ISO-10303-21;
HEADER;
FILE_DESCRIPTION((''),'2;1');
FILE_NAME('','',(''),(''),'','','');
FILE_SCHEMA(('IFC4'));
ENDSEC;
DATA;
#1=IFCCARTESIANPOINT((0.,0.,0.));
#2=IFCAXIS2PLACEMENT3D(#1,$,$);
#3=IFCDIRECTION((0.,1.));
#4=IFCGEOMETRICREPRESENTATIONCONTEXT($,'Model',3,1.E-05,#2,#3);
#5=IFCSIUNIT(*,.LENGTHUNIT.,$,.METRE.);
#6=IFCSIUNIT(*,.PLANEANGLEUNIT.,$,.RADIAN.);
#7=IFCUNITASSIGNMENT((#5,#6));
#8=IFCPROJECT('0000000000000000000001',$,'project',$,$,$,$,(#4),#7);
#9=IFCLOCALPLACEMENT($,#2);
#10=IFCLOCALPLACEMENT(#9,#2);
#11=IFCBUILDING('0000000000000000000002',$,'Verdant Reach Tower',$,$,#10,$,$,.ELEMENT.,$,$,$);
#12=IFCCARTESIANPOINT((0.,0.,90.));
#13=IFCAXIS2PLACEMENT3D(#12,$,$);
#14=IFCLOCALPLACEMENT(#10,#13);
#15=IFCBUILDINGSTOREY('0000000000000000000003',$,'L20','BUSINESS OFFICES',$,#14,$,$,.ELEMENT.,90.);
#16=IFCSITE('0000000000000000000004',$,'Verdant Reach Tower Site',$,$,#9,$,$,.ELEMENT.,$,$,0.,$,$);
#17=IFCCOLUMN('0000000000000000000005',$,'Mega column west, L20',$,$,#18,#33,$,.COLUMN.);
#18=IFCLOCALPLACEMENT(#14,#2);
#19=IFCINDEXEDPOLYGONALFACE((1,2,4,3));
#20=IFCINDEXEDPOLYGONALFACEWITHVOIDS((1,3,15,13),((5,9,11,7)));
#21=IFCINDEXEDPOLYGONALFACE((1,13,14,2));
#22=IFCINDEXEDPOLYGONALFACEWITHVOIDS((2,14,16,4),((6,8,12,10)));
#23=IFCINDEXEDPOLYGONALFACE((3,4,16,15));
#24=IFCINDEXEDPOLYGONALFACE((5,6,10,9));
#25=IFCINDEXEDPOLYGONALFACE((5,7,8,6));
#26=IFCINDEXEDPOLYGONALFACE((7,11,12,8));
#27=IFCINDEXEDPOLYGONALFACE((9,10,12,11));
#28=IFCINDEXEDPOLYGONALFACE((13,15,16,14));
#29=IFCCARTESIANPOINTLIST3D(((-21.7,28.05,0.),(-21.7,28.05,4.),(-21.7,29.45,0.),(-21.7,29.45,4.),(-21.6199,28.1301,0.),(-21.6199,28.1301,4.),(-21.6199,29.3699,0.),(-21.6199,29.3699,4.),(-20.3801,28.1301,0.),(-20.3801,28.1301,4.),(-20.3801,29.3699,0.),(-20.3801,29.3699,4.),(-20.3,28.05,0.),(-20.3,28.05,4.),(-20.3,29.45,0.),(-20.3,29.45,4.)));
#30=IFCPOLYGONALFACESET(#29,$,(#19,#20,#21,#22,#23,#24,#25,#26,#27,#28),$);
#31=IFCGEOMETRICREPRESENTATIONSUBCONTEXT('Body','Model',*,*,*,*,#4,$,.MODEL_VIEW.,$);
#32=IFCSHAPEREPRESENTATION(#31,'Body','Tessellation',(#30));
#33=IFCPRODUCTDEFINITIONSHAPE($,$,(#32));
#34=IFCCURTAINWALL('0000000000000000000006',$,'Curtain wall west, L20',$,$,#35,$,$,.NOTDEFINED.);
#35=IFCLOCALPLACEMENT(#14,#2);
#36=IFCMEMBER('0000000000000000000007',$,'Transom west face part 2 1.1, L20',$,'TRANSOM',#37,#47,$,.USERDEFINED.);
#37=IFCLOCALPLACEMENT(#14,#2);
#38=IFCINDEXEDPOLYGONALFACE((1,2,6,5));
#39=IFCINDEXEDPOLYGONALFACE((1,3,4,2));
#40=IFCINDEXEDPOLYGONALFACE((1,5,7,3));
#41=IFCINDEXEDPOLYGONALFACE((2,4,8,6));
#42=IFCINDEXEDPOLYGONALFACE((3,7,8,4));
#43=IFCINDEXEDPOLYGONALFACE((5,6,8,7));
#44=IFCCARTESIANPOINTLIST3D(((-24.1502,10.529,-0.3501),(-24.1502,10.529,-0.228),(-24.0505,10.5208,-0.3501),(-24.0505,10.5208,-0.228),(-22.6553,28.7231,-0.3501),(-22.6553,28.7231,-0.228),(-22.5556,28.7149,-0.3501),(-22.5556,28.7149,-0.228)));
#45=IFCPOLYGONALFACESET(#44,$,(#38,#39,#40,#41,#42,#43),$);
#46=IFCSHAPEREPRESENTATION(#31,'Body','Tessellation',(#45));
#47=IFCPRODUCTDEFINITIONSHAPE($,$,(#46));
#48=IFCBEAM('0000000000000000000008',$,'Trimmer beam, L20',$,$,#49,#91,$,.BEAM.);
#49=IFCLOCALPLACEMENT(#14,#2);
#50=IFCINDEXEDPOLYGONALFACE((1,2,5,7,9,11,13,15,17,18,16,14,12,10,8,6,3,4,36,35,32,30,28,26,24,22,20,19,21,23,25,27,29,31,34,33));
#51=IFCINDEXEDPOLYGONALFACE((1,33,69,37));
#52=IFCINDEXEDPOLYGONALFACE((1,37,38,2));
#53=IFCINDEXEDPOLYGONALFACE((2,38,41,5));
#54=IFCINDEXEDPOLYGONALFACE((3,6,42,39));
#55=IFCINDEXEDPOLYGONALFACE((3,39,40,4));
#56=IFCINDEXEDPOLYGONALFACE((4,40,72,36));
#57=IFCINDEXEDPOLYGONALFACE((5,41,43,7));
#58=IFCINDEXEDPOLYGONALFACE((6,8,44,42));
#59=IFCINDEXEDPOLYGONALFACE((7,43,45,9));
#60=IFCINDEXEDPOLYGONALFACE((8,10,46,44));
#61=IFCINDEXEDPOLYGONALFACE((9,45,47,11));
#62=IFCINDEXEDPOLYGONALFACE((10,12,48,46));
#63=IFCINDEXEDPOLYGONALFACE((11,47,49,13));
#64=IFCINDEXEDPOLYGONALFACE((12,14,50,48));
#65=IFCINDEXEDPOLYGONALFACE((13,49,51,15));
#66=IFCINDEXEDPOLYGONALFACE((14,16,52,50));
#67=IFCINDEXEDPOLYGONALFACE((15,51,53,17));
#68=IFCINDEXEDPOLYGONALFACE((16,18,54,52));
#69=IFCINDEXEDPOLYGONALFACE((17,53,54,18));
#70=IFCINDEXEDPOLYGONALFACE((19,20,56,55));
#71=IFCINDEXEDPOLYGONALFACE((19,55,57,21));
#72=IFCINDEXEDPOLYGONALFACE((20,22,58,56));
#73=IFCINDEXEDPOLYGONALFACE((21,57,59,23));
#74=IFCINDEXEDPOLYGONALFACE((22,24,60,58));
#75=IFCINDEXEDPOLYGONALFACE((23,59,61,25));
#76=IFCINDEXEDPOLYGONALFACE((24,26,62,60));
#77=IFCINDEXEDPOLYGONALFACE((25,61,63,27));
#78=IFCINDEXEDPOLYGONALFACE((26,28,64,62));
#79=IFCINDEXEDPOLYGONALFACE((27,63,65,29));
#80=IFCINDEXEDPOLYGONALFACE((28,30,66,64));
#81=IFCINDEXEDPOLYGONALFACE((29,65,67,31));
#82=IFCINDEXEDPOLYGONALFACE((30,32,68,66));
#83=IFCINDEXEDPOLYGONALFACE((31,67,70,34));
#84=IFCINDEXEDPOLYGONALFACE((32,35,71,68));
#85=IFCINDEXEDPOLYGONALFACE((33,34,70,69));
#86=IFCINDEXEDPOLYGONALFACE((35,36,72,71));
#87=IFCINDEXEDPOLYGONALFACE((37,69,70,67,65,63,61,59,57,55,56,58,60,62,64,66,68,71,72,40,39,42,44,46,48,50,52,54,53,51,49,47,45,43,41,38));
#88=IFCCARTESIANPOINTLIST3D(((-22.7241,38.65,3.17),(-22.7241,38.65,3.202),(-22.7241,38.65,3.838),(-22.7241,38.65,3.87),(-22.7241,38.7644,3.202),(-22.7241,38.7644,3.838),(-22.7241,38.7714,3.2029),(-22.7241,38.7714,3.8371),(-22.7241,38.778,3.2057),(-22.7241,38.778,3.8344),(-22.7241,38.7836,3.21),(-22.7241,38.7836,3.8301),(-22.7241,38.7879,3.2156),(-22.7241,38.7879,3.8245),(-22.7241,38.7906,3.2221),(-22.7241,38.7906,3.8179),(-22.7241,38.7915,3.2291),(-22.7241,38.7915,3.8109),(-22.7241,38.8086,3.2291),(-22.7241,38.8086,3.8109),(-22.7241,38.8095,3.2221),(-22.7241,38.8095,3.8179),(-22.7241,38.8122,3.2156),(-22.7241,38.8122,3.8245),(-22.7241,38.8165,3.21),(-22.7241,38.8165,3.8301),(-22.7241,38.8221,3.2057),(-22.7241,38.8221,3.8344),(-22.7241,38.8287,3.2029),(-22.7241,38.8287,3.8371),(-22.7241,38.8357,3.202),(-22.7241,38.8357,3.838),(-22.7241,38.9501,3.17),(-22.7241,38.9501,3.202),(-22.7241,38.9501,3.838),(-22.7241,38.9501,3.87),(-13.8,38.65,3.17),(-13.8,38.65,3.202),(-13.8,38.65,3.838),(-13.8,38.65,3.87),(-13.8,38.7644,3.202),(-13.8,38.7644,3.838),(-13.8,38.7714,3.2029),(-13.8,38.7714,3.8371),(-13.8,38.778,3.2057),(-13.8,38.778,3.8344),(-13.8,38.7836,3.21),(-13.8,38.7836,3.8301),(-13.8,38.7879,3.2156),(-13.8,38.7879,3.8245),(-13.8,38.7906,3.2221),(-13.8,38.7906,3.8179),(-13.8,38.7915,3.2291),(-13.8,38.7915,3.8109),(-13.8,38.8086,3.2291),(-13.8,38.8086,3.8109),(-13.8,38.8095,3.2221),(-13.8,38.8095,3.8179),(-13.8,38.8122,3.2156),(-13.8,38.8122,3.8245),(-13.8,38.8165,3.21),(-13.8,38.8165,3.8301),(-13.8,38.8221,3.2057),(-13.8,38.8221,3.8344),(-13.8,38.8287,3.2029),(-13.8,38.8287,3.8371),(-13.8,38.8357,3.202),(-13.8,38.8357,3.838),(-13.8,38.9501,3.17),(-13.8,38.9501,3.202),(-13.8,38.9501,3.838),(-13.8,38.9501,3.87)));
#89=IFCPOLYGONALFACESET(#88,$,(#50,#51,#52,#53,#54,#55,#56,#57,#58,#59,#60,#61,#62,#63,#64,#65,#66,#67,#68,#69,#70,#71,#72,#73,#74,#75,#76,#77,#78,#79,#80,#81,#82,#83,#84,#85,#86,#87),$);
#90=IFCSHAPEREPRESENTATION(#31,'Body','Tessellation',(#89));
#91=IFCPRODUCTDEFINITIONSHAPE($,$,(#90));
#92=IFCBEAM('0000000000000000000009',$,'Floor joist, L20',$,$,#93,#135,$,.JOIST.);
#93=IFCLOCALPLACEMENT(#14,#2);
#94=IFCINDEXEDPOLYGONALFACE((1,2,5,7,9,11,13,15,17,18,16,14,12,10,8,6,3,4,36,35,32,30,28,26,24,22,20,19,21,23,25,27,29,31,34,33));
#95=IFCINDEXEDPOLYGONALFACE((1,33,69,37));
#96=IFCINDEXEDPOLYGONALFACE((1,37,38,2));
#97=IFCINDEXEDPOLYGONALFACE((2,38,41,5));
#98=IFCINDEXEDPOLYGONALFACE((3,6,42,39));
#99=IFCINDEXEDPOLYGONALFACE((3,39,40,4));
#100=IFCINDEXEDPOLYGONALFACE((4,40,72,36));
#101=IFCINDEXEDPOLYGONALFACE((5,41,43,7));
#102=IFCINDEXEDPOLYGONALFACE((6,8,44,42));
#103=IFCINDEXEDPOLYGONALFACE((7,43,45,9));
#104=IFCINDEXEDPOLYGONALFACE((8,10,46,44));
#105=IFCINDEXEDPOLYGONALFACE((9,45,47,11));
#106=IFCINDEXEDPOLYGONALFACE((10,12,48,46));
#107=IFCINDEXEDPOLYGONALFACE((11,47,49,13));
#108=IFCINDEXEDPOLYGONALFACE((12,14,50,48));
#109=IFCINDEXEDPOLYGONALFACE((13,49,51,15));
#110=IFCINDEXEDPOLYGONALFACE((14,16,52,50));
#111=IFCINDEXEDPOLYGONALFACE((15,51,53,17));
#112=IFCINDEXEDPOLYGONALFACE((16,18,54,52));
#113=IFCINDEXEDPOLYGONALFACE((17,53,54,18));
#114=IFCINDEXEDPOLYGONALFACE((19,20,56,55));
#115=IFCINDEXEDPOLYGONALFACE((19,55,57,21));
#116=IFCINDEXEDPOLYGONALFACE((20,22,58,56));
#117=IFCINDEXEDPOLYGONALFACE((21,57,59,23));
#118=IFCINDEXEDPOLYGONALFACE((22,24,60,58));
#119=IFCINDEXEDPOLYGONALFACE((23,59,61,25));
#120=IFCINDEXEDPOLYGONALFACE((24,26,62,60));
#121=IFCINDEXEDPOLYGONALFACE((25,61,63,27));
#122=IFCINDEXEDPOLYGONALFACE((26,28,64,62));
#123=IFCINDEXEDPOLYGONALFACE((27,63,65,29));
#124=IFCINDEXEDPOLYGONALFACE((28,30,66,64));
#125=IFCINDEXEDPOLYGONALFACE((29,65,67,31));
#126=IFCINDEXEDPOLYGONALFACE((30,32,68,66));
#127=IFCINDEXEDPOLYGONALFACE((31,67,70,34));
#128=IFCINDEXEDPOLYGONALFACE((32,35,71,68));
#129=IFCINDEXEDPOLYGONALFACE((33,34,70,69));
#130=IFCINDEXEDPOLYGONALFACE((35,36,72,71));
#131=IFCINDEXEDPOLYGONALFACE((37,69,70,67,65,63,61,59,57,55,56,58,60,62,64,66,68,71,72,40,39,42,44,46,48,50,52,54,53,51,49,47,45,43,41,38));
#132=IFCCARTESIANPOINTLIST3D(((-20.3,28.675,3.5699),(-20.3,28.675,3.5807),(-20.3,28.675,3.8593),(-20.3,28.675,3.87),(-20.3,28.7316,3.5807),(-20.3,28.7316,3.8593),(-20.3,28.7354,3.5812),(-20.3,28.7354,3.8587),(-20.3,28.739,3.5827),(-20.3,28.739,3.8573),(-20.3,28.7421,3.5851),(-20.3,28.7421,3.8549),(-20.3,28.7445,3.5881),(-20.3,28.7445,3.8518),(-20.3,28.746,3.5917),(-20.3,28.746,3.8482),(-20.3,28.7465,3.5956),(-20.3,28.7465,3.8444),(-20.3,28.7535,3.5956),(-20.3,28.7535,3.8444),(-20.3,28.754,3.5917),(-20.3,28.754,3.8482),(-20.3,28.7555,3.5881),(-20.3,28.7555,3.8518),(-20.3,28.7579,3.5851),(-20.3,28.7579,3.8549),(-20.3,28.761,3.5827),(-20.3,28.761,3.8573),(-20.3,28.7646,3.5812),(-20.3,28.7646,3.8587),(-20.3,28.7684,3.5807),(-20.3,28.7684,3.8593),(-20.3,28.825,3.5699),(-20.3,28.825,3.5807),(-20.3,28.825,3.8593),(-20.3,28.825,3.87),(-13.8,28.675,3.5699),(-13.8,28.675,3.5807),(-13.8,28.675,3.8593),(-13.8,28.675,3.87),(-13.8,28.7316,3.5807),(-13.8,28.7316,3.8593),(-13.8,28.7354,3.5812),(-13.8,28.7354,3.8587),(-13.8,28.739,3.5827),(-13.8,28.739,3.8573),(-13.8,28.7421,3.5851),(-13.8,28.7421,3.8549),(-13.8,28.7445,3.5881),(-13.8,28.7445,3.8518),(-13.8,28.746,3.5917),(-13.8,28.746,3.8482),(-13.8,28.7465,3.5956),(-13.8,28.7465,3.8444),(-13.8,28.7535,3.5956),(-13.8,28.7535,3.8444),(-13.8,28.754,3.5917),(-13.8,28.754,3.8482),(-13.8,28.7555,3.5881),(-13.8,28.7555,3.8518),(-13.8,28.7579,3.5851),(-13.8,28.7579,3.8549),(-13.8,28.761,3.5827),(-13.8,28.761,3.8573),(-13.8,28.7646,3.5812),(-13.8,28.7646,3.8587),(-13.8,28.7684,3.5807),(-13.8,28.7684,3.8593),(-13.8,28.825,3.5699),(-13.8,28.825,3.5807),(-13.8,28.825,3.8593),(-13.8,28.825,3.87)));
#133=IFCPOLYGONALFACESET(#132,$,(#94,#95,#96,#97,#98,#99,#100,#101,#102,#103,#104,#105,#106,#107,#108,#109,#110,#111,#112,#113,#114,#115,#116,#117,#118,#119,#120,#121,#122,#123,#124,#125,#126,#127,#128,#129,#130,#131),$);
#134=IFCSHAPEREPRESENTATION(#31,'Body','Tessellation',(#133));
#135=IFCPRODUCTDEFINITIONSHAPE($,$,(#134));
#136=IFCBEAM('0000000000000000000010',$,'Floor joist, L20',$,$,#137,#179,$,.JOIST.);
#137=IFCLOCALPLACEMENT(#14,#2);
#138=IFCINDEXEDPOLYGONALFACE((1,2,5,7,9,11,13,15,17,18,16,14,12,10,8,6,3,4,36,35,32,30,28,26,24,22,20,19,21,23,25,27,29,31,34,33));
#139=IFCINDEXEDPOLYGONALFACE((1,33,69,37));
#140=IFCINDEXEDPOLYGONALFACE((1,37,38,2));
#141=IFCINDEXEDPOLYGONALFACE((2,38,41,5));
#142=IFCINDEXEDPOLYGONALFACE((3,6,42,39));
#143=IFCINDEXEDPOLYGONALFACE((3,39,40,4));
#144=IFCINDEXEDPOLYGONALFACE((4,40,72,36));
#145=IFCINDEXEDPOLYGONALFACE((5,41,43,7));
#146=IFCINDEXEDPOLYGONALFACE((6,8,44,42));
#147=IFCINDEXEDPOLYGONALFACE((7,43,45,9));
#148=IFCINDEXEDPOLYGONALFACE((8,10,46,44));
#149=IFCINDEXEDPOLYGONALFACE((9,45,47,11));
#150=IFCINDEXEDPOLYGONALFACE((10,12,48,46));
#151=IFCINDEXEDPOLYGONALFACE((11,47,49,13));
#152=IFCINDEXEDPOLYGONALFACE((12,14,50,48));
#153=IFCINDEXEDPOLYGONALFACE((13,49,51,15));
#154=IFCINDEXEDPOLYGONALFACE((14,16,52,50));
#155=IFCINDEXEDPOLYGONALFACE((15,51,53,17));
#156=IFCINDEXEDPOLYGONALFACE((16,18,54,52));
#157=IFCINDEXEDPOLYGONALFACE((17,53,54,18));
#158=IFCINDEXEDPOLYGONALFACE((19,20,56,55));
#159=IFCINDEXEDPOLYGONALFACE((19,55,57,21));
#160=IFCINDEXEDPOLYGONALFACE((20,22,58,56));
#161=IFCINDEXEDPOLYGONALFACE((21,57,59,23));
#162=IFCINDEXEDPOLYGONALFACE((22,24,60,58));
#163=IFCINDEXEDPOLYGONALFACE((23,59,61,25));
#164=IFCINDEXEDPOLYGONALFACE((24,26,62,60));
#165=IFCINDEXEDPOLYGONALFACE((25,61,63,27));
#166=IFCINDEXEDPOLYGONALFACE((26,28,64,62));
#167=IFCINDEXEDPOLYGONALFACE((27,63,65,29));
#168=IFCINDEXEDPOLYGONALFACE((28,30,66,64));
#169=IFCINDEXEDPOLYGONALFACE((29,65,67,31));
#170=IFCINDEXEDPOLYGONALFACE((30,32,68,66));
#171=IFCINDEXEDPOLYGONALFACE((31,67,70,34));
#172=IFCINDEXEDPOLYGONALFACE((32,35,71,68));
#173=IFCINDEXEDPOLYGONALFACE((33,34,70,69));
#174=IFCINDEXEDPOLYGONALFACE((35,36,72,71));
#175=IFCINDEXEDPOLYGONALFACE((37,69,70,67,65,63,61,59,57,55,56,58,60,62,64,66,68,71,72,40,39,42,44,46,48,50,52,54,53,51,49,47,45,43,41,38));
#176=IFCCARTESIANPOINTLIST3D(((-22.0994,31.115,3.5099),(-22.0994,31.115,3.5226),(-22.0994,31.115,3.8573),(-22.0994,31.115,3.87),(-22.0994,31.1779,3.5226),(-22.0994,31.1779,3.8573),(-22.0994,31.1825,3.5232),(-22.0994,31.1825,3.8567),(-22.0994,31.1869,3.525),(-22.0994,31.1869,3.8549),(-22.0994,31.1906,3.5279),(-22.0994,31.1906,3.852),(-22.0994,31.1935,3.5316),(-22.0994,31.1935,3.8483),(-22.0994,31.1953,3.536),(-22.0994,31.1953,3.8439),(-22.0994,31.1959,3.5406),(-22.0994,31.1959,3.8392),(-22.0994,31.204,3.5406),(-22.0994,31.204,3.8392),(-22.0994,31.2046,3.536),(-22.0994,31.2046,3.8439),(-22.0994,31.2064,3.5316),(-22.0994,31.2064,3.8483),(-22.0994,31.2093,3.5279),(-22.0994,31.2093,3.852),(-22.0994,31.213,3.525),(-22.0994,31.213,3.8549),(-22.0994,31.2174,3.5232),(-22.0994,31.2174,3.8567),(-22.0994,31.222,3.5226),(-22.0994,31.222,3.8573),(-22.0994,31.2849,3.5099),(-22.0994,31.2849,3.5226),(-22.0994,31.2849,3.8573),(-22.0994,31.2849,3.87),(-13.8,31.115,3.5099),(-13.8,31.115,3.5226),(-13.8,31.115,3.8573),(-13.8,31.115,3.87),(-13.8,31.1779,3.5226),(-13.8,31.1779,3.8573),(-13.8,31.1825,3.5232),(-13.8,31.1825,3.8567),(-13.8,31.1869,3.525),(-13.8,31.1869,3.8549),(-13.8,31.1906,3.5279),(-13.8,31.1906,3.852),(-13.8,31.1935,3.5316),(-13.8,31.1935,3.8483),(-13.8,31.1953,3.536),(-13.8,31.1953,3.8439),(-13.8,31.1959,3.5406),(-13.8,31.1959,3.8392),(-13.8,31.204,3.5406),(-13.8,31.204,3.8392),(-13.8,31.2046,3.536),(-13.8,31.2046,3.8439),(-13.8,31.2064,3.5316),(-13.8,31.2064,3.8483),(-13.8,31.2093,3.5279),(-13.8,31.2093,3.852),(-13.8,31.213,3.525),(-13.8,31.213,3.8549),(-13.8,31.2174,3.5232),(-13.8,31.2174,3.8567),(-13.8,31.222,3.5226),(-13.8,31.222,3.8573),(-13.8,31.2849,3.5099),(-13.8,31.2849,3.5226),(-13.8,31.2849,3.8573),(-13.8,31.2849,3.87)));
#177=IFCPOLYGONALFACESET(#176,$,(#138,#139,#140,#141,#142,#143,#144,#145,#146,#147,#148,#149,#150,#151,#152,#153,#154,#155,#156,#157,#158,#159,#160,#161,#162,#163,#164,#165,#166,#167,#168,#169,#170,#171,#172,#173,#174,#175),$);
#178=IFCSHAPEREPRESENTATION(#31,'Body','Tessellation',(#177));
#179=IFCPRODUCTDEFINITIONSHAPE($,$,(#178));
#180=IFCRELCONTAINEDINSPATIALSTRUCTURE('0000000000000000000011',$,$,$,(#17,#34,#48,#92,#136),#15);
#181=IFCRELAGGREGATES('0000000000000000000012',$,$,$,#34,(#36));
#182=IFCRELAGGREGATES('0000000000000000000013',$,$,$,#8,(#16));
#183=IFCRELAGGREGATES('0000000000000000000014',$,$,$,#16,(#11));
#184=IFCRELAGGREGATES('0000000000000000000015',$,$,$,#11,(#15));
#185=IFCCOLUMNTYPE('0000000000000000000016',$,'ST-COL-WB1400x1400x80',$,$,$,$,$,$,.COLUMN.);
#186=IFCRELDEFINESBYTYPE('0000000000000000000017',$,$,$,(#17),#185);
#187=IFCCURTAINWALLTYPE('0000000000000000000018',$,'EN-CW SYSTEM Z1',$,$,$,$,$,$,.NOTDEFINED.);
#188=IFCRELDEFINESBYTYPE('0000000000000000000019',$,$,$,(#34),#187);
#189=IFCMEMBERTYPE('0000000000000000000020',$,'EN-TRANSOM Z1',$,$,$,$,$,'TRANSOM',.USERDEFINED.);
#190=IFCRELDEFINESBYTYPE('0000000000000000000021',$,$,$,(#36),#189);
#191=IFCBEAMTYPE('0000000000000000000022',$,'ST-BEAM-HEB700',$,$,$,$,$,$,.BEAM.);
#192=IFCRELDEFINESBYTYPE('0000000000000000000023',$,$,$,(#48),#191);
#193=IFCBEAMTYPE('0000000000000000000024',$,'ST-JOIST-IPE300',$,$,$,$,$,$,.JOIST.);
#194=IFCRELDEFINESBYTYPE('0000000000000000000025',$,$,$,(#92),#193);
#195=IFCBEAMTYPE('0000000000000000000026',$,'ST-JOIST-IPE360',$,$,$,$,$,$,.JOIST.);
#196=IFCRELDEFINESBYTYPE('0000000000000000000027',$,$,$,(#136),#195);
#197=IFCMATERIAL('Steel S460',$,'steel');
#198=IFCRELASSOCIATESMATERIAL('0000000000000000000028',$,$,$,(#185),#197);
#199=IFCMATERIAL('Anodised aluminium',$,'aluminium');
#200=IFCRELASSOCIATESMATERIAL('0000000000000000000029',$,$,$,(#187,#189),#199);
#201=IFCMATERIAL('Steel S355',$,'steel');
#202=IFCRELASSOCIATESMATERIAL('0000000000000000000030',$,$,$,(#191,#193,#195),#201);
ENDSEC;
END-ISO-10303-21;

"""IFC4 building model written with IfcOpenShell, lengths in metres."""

from ifc_helpers import new_model, si_unit, direction, frame, origin, origin_2d, place, context, subcontext, project, spatial, rectangle, hollow_rectangle, i_section, extrude, material, material_profile, profile_set, type_object, element, aggregate, save


model = new_model("IFC4")

# Units and contexts
model_context = context("Model", 3, precision=1e-05, world=origin(), true_north=direction((0.0, 1.0)))
body_context = subcontext(model_context, "Body", "Model", "MODEL_VIEW")
ifc_project = project(units=[si_unit("LENGTHUNIT", "METRE"), si_unit("PLANEANGLEUNIT", "RADIAN")], contexts=[model_context])

# Site, building, storey
site_placement = place(None, origin())
site = spatial("IfcSite", under=ifc_project, at=site_placement, Name="Verdant Reach Tower Site", CompositionType="ELEMENT", RefElevation=0.0)
building_placement = place(site_placement, origin())
building = spatial("IfcBuilding", under=site, at=building_placement, Name="Verdant Reach Tower", CompositionType="ELEMENT")
storey_placement = place(building_placement, frame((0.0, 0.0, 90.0)))
storey = spatial("IfcBuildingStorey", under=building, at=storey_placement, Name="L20", Description="BUSINESS OFFICES", CompositionType="ELEMENT", Elevation=90.0)

# Column
ifc_material_1 = material(Name="Steel S460", Category="steel")
ifc_material_profile_1 = material_profile(ifc_material_1, hollow_rectangle(XDim=1.3999, YDim=1.3999, WallThickness=0.0801, at=origin_2d()), Name="WB 1400x1400x80")
ifc_profile_set_1 = profile_set([ifc_material_profile_1], Name="Steel S460")
column_type = type_object("IfcColumnType", Name="ST-COL-WB1400x1400x80", PredefinedType="COLUMN", material=ifc_profile_set_1)
column_placement = place(storey_placement, frame((-21.0, 28.75, 0.0), z_axis=(0.0, 0.0, 1.0), x_axis=(1.0, 0.0, 0.0)))
element("IfcColumn", 1, at=column_placement, inside=storey, type_object=column_type, Name="Mega column west, L20", PredefinedType="COLUMN", context=body_context, shape_type="SweptSolid", body=[
    extrude(hollow_rectangle(XDim=1.3999, YDim=1.3999, WallThickness=0.0801, at=origin_2d()), origin(), (0.0, 0.0, 1.0), 4.0),
])

# Curtain wall, member
ifc_material_2 = material(Name="Anodised aluminium", Category="aluminium")
curtain_wall_type = type_object("IfcCurtainWallType", Name="EN-CW SYSTEM Z1", PredefinedType="NOTDEFINED", material=ifc_material_2)
curtain_wall_placement = place(storey_placement, origin())
curtain_wall = element("IfcCurtainWall", 2, at=curtain_wall_placement, inside=storey, type_object=curtain_wall_type, Name="Curtain wall west, L20", PredefinedType="NOTDEFINED")
ifc_material_profile_2 = material_profile(ifc_material_2, rectangle(XDim=0.1001, YDim=0.1221, at=origin_2d()), Name="Transom 122x100")
ifc_profile_set_2 = profile_set([ifc_material_profile_2], Name="Anodised aluminium")
member_type = type_object("IfcMemberType", Name="EN-TRANSOM Z1", ElementType="TRANSOM", PredefinedType="USERDEFINED", material=ifc_profile_set_2)
member_placement = place(storey_placement, frame((-22.6055, 28.719, -0.2891), z_axis=(-0.081887, -0.996642, 0.0), x_axis=(0.996642, -0.081887, 0.0)))
member = element("IfcMember", 3, at=member_placement, type_object=member_type, Name="Transom west face part 2 1.1, L20", ObjectType="TRANSOM", PredefinedType="USERDEFINED", context=body_context, shape_type="SweptSolid", body=[
    extrude(rectangle(XDim=0.1001, YDim=0.1221, at=origin_2d()), origin(), (0.0, 0.0, 1.0), 18.2554),
])

# Beams
ifc_material_3 = material(Name="Steel S355", Category="steel")
ifc_material_profile_3 = material_profile(ifc_material_3, i_section(OverallWidth=0.3, OverallDepth=0.7, WebThickness=0.0171, FlangeThickness=0.032, FilletRadius=0.0271, at=origin_2d()), Name="HEB 700")
ifc_profile_set_3 = profile_set([ifc_material_profile_3], Name="Steel S355")
beam_type_1 = type_object("IfcBeamType", Name="ST-BEAM-HEB700", PredefinedType="BEAM", material=ifc_profile_set_3)
beam_1_placement = place(storey_placement, frame((-13.8, 38.8, 3.52), z_axis=(-1.0, 0.0, 0.0), x_axis=(0.0, -1.0, 0.0)))
element("IfcBeam", 4, at=beam_1_placement, inside=storey, type_object=beam_type_1, Name="Trimmer beam, L20", PredefinedType="BEAM", context=body_context, shape_type="SweptSolid", body=[
    extrude(i_section(OverallWidth=0.3, OverallDepth=0.7, WebThickness=0.0171, FlangeThickness=0.032, FilletRadius=0.0271, at=origin_2d()), origin(), (0.0, 0.0, 1.0), 8.9241),
])
ifc_material_profile_4 = material_profile(ifc_material_3, i_section(OverallWidth=0.1499, OverallDepth=0.3, WebThickness=0.0071, FlangeThickness=0.0107, FilletRadius=0.0149, at=origin_2d()), Name="IPE 300")
ifc_profile_set_4 = profile_set([ifc_material_profile_4], Name="Steel S355")
beam_type_2 = type_object("IfcBeamType", Name="ST-JOIST-IPE300", PredefinedType="JOIST", material=ifc_profile_set_4)
beam_2_placement = place(storey_placement, frame((-13.8, 28.75, 3.72), z_axis=(-1.0, 0.0, 0.0), x_axis=(0.0, -1.0, 0.0)))
element("IfcBeam", 5, at=beam_2_placement, inside=storey, type_object=beam_type_2, Name="Floor joist, L20", PredefinedType="JOIST", context=body_context, shape_type="SweptSolid", body=[
    extrude(i_section(OverallWidth=0.1499, OverallDepth=0.3, WebThickness=0.0071, FlangeThickness=0.0107, FilletRadius=0.0149, at=origin_2d()), origin(), (0.0, 0.0, 1.0), 6.5),
])
ifc_material_profile_5 = material_profile(ifc_material_3, i_section(OverallWidth=0.1699, OverallDepth=0.3601, WebThickness=0.0081, FlangeThickness=0.0127, FilletRadius=0.0181, at=origin_2d()), Name="IPE 360")
ifc_profile_set_5 = profile_set([ifc_material_profile_5], Name="Steel S355")
beam_type_3 = type_object("IfcBeamType", Name="ST-JOIST-IPE360", PredefinedType="JOIST", material=ifc_profile_set_5)
beam_3_placement = place(storey_placement, frame((-13.8, 31.2, 3.6899), z_axis=(-1.0, 0.0, 0.0), x_axis=(0.0, -1.0, 0.0)))
element("IfcBeam", 6, at=beam_3_placement, inside=storey, type_object=beam_type_3, Name="Floor joist, L20", PredefinedType="JOIST", context=body_context, shape_type="SweptSolid", body=[
    extrude(i_section(OverallWidth=0.1699, OverallDepth=0.3601, WebThickness=0.0081, FlangeThickness=0.0127, FilletRadius=0.0181, at=origin_2d()), origin(), (0.0, 0.0, 1.0), 8.2993),
])

aggregate(curtain_wall, [member])

save(model, "model.ifc")
